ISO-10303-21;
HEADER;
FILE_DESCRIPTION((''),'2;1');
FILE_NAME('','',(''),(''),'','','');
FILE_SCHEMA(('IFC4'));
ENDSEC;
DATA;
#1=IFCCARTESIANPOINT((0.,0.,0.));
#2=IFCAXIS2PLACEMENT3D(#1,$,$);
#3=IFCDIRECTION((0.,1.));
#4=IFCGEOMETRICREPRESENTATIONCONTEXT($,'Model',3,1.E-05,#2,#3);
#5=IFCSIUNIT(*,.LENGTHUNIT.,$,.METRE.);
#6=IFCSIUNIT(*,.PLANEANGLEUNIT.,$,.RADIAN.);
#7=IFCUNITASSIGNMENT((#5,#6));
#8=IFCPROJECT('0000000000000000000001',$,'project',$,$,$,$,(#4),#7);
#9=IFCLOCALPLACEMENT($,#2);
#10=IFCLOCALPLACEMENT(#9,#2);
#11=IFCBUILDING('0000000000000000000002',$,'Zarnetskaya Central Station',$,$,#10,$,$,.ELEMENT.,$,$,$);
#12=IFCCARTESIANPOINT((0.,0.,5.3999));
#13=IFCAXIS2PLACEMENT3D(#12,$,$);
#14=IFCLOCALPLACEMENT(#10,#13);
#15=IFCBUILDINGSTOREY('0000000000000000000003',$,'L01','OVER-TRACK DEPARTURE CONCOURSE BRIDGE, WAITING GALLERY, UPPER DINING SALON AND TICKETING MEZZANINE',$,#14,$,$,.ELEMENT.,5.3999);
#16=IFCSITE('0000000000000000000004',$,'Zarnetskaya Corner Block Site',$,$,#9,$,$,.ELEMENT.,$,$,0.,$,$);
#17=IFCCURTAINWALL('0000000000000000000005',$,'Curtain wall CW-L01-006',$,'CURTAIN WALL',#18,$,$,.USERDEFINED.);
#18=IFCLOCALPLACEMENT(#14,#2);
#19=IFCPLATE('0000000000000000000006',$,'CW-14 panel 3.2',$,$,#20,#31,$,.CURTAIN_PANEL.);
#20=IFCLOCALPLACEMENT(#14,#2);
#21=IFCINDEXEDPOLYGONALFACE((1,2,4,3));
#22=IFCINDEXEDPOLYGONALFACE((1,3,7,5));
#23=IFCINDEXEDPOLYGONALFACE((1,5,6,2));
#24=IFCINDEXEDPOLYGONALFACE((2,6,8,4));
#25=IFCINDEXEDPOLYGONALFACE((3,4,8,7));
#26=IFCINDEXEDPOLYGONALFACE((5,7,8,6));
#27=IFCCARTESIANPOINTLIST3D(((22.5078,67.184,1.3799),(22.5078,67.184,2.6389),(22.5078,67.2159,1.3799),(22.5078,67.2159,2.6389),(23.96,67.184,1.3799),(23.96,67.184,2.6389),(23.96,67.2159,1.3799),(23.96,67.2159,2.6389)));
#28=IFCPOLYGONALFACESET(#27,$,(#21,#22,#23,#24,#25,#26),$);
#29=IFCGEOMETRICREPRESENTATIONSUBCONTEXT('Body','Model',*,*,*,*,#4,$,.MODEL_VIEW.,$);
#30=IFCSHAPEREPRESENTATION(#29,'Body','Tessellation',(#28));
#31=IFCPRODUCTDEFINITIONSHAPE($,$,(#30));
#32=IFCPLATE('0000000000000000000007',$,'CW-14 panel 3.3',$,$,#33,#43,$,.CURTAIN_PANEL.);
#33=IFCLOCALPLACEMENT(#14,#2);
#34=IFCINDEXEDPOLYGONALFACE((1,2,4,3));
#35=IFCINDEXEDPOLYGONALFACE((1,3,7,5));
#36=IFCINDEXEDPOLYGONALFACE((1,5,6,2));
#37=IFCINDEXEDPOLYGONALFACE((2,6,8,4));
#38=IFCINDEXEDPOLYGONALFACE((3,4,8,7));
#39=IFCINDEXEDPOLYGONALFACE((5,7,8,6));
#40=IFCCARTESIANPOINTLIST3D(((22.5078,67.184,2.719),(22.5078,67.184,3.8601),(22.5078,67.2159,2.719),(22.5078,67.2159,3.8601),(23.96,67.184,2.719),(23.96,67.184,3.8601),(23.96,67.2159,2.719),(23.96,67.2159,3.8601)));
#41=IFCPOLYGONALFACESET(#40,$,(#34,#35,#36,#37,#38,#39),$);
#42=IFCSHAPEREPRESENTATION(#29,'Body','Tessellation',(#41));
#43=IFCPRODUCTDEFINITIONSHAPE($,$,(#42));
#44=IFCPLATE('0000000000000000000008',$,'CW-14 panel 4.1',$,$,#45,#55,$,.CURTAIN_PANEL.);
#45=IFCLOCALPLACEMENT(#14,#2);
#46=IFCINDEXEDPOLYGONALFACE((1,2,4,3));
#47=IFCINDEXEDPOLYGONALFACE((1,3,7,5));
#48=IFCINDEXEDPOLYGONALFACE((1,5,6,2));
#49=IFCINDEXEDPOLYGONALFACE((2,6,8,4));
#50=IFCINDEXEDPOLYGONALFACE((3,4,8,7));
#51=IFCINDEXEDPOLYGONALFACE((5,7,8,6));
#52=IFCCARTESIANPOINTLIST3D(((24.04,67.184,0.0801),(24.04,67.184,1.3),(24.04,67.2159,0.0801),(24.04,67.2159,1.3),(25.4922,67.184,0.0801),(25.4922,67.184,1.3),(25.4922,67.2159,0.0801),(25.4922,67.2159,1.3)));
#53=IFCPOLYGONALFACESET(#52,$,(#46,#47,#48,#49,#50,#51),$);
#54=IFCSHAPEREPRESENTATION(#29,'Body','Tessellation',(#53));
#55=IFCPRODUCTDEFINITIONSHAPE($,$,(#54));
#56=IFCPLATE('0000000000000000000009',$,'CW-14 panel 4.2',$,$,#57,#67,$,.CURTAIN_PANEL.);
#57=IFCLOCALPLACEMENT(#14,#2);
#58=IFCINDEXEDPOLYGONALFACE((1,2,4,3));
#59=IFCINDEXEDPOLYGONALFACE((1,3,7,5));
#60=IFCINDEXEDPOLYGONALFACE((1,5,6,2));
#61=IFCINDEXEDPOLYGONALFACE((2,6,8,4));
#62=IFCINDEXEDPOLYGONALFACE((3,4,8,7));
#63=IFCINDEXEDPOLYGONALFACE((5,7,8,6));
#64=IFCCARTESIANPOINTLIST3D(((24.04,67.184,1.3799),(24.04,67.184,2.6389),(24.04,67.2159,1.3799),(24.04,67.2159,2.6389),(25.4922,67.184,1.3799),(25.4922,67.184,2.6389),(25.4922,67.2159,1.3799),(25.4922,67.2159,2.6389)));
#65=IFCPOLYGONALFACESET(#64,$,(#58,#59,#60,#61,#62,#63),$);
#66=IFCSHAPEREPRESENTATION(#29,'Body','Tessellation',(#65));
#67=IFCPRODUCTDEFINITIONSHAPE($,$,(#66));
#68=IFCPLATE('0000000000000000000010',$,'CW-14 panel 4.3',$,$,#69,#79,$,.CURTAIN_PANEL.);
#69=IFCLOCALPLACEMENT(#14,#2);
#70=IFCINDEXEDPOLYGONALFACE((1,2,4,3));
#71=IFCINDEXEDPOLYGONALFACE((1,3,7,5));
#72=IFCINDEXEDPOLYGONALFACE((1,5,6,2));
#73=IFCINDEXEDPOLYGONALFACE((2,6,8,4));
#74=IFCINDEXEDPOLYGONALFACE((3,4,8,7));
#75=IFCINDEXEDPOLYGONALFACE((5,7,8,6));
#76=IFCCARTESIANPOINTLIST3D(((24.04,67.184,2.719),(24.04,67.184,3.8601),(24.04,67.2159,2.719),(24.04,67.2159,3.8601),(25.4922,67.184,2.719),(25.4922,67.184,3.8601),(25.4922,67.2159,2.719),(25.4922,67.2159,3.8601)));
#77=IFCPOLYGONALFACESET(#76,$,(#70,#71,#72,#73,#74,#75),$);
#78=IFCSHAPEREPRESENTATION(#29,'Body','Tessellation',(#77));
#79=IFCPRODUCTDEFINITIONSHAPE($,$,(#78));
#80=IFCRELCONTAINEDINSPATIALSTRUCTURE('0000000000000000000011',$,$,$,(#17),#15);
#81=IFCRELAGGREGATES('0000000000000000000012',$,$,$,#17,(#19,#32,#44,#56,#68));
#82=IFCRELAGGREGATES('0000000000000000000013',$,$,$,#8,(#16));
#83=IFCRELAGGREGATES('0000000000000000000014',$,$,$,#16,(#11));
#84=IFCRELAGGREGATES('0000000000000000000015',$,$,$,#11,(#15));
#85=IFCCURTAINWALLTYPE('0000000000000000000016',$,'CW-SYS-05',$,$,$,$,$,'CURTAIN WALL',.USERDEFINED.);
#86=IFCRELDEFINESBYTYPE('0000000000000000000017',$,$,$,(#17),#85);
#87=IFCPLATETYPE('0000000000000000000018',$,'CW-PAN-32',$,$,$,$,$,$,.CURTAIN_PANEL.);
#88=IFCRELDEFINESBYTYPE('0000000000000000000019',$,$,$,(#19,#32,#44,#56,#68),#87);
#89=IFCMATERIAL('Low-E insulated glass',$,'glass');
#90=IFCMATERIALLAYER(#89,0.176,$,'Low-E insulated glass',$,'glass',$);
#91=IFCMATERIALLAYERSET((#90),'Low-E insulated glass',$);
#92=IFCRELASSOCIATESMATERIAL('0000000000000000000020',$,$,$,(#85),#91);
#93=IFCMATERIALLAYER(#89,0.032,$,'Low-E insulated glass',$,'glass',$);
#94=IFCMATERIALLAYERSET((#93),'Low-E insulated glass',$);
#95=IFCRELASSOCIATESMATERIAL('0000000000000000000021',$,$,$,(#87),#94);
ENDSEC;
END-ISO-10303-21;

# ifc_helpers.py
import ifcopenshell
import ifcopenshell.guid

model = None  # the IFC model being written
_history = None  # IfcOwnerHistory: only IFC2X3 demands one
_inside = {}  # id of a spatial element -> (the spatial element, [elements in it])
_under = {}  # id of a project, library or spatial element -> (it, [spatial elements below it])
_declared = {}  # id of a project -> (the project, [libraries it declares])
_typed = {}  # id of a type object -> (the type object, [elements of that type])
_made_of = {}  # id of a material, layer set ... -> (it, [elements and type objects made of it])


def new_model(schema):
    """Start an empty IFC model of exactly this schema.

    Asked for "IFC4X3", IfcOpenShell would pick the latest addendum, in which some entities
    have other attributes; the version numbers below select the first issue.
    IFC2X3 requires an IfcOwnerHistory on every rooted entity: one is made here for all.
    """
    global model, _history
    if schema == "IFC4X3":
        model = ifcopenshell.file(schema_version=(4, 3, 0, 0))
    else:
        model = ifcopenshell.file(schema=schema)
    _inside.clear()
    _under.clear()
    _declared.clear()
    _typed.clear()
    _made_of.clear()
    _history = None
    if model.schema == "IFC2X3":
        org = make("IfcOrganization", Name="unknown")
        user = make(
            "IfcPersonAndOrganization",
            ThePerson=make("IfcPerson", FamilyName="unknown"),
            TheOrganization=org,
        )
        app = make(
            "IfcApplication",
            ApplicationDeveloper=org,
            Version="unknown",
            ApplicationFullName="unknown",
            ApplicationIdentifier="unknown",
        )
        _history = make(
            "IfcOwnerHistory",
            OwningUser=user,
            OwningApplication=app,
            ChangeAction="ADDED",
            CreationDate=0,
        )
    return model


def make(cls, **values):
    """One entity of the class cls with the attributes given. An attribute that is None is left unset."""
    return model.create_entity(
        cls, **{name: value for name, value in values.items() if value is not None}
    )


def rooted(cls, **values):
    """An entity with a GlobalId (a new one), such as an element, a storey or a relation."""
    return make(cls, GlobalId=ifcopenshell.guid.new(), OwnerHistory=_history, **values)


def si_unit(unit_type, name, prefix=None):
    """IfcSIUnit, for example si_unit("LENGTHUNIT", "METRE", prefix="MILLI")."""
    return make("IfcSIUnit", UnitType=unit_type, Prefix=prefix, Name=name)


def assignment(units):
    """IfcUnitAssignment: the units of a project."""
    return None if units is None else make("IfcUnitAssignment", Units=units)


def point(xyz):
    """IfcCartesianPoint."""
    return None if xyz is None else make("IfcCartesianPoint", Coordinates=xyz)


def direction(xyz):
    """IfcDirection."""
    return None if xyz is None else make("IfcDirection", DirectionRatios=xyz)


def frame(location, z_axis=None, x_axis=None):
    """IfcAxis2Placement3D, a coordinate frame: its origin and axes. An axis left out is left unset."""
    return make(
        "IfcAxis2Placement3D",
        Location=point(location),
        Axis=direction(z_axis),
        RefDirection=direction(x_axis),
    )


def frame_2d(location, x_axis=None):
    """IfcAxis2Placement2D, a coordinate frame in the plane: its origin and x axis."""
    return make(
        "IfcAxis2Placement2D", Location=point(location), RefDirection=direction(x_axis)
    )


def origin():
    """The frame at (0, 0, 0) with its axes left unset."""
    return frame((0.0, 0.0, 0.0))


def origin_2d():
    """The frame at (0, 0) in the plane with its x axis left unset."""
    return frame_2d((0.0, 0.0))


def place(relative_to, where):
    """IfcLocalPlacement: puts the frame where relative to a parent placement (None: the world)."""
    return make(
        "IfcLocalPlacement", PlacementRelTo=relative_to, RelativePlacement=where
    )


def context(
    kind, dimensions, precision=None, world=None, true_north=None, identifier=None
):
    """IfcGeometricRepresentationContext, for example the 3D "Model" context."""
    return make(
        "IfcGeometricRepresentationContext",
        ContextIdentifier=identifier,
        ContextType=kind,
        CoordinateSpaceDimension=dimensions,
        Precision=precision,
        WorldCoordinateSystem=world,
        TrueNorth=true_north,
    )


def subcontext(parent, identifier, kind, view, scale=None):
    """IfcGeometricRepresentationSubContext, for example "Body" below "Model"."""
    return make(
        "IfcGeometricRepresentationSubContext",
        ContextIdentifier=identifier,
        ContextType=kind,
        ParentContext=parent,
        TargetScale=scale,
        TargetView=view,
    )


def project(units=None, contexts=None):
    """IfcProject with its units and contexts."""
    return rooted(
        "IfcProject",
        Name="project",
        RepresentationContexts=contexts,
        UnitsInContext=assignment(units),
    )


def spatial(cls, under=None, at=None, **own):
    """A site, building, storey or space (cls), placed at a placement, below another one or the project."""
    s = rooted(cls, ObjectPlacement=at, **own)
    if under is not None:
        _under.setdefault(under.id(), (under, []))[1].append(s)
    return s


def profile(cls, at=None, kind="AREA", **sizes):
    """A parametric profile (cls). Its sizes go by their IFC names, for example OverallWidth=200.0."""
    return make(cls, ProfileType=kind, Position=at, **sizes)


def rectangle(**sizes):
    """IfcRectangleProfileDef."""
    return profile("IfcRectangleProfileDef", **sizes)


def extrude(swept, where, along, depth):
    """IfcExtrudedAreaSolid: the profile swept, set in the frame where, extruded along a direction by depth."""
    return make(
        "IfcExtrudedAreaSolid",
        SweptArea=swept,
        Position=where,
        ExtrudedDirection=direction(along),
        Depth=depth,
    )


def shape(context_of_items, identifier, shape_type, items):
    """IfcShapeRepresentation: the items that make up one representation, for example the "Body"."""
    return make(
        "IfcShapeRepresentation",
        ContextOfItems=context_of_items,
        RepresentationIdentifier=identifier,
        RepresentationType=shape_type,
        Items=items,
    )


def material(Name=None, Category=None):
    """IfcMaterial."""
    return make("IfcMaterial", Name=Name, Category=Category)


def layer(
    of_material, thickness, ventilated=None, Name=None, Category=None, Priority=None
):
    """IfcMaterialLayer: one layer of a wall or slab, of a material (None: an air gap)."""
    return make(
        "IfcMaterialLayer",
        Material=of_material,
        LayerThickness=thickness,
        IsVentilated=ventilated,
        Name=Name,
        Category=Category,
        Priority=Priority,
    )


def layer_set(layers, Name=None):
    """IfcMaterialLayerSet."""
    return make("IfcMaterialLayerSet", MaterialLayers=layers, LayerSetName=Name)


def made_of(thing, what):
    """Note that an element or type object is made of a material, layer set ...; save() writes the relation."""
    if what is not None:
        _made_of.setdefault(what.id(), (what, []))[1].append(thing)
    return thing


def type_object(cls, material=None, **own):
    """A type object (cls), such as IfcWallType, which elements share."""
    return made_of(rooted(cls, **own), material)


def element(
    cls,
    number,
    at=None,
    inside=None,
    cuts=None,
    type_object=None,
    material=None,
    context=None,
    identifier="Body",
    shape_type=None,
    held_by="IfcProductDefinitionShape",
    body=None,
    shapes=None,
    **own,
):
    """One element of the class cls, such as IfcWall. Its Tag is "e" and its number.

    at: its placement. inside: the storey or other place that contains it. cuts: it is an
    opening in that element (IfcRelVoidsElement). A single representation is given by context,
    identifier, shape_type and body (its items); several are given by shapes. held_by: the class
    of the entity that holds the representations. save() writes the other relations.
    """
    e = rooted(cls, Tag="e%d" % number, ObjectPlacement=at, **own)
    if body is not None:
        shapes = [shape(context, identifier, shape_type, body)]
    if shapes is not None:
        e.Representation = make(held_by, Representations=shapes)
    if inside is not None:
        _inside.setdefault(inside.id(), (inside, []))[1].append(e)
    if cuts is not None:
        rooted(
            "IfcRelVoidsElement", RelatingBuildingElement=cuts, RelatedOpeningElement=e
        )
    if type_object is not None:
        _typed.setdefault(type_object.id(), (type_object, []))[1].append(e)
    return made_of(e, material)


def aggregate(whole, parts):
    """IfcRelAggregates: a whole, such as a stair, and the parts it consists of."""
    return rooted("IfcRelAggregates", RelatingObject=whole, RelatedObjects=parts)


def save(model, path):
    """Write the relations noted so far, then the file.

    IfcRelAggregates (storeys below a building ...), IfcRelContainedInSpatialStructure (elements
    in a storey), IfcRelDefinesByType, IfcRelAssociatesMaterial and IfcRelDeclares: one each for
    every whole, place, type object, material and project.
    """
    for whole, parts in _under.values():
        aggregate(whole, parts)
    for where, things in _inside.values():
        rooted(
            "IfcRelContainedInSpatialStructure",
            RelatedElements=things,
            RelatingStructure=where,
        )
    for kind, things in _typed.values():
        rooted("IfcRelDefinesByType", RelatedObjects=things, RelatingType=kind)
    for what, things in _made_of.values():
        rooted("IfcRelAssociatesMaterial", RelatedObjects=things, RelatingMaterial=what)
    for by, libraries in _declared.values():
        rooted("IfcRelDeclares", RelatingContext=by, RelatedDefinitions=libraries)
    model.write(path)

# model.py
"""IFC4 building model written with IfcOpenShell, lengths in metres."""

from ifc_helpers import new_model, si_unit, direction, frame, origin, origin_2d, place, context, subcontext, project, spatial, rectangle, extrude, material, layer, layer_set, type_object, element, aggregate, save


model = new_model("IFC4")

# Units and contexts
model_context = context("Model", 3, precision=1e-05, world=origin(), true_north=direction((0.0, 1.0)))
body_context = subcontext(model_context, "Body", "Model", "MODEL_VIEW")
ifc_project = project(units=[si_unit("LENGTHUNIT", "METRE"), si_unit("PLANEANGLEUNIT", "RADIAN")], contexts=[model_context])

# Site, building, storey
site_placement = place(None, origin())
site = spatial("IfcSite", under=ifc_project, at=site_placement, Name="Zarnetskaya Corner Block Site", CompositionType="ELEMENT", RefElevation=0.0)
building_placement = place(site_placement, origin())
building = spatial("IfcBuilding", under=site, at=building_placement, Name="Zarnetskaya Central Station", CompositionType="ELEMENT")
storey_placement = place(building_placement, frame((0.0, 0.0, 5.3999)))
storey = spatial("IfcBuildingStorey", under=building, at=storey_placement, Name="L01", Description="OVER-TRACK DEPARTURE CONCOURSE BRIDGE, WAITING GALLERY, UPPER DINING SALON AND TICKETING MEZZANINE", CompositionType="ELEMENT", Elevation=5.3999)

# Curtain wall, plates
ifc_material_1 = material(Name="Low-E insulated glass", Category="glass")
ifc_layer_1 = layer(ifc_material_1, 0.176, Name="Low-E insulated glass", Category="glass")
ifc_layer_set_1 = layer_set([ifc_layer_1], Name="Low-E insulated glass")
curtain_wall_type = type_object("IfcCurtainWallType", Name="CW-SYS-05", ElementType="CURTAIN WALL", PredefinedType="USERDEFINED", material=ifc_layer_set_1)
curtain_wall_placement = place(storey_placement, origin())
curtain_wall = element("IfcCurtainWall", 1, at=curtain_wall_placement, inside=storey, type_object=curtain_wall_type, Name="Curtain wall CW-L01-006", ObjectType="CURTAIN WALL", PredefinedType="USERDEFINED")
ifc_layer_2 = layer(ifc_material_1, 0.032, Name="Low-E insulated glass", Category="glass")
ifc_layer_set_2 = layer_set([ifc_layer_2], Name="Low-E insulated glass")
plate_type = type_object("IfcPlateType", Name="CW-PAN-32", PredefinedType="CURTAIN_PANEL", material=ifc_layer_set_2)
plate_1_placement = place(storey_placement, frame((23.2339, 67.2, 1.3799), z_axis=(0.0, 0.0, 1.0), x_axis=(1.0, 0.0, 0.0)))
plate_1 = element("IfcPlate", 2, at=plate_1_placement, type_object=plate_type, Name="CW-14 panel 3.2", PredefinedType="CURTAIN_PANEL", context=body_context, shape_type="SweptSolid", body=[
    extrude(rectangle(XDim=1.4521, YDim=0.032, at=origin_2d()), origin(), (0.0, 0.0, 1.0), 1.259),
])
plate_2_placement = place(storey_placement, frame((23.2339, 67.2, 2.719), z_axis=(0.0, 0.0, 1.0), x_axis=(1.0, 0.0, 0.0)))
plate_2 = element("IfcPlate", 3, at=plate_2_placement, type_object=plate_type, Name="CW-14 panel 3.3", PredefinedType="CURTAIN_PANEL", context=body_context, shape_type="SweptSolid", body=[
    extrude(rectangle(XDim=1.4521, YDim=0.032, at=origin_2d()), origin(), (0.0, 0.0, 1.0), 1.1411),
])
plate_3_placement = place(storey_placement, frame((24.7661, 67.2, 0.0801), z_axis=(0.0, 0.0, 1.0), x_axis=(1.0, 0.0, 0.0)))
plate_3 = element("IfcPlate", 4, at=plate_3_placement, type_object=plate_type, Name="CW-14 panel 4.1", PredefinedType="CURTAIN_PANEL", context=body_context, shape_type="SweptSolid", body=[
    extrude(rectangle(XDim=1.4521, YDim=0.032, at=origin_2d()), origin(), (0.0, 0.0, 1.0), 1.22),
])
plate_4_placement = place(storey_placement, frame((24.7661, 67.2, 1.3799), z_axis=(0.0, 0.0, 1.0), x_axis=(1.0, 0.0, 0.0)))
plate_4 = element("IfcPlate", 5, at=plate_4_placement, type_object=plate_type, Name="CW-14 panel 4.2", PredefinedType="CURTAIN_PANEL", context=body_context, shape_type="SweptSolid", body=[
    extrude(rectangle(XDim=1.4521, YDim=0.032, at=origin_2d()), origin(), (0.0, 0.0, 1.0), 1.259),
])
plate_5_placement = place(storey_placement, frame((24.7661, 67.2, 2.719), z_axis=(0.0, 0.0, 1.0), x_axis=(1.0, 0.0, 0.0)))
plate_5 = element("IfcPlate", 6, at=plate_5_placement, type_object=plate_type, Name="CW-14 panel 4.3", PredefinedType="CURTAIN_PANEL", context=body_context, shape_type="SweptSolid", body=[
    extrude(rectangle(XDim=1.4521, YDim=0.032, at=origin_2d()), origin(), (0.0, 0.0, 1.0), 1.1411),
])
aggregate(curtain_wall, [plate_1, plate_2, plate_3, plate_4, plate_5])

save(model, "model.ifc")
